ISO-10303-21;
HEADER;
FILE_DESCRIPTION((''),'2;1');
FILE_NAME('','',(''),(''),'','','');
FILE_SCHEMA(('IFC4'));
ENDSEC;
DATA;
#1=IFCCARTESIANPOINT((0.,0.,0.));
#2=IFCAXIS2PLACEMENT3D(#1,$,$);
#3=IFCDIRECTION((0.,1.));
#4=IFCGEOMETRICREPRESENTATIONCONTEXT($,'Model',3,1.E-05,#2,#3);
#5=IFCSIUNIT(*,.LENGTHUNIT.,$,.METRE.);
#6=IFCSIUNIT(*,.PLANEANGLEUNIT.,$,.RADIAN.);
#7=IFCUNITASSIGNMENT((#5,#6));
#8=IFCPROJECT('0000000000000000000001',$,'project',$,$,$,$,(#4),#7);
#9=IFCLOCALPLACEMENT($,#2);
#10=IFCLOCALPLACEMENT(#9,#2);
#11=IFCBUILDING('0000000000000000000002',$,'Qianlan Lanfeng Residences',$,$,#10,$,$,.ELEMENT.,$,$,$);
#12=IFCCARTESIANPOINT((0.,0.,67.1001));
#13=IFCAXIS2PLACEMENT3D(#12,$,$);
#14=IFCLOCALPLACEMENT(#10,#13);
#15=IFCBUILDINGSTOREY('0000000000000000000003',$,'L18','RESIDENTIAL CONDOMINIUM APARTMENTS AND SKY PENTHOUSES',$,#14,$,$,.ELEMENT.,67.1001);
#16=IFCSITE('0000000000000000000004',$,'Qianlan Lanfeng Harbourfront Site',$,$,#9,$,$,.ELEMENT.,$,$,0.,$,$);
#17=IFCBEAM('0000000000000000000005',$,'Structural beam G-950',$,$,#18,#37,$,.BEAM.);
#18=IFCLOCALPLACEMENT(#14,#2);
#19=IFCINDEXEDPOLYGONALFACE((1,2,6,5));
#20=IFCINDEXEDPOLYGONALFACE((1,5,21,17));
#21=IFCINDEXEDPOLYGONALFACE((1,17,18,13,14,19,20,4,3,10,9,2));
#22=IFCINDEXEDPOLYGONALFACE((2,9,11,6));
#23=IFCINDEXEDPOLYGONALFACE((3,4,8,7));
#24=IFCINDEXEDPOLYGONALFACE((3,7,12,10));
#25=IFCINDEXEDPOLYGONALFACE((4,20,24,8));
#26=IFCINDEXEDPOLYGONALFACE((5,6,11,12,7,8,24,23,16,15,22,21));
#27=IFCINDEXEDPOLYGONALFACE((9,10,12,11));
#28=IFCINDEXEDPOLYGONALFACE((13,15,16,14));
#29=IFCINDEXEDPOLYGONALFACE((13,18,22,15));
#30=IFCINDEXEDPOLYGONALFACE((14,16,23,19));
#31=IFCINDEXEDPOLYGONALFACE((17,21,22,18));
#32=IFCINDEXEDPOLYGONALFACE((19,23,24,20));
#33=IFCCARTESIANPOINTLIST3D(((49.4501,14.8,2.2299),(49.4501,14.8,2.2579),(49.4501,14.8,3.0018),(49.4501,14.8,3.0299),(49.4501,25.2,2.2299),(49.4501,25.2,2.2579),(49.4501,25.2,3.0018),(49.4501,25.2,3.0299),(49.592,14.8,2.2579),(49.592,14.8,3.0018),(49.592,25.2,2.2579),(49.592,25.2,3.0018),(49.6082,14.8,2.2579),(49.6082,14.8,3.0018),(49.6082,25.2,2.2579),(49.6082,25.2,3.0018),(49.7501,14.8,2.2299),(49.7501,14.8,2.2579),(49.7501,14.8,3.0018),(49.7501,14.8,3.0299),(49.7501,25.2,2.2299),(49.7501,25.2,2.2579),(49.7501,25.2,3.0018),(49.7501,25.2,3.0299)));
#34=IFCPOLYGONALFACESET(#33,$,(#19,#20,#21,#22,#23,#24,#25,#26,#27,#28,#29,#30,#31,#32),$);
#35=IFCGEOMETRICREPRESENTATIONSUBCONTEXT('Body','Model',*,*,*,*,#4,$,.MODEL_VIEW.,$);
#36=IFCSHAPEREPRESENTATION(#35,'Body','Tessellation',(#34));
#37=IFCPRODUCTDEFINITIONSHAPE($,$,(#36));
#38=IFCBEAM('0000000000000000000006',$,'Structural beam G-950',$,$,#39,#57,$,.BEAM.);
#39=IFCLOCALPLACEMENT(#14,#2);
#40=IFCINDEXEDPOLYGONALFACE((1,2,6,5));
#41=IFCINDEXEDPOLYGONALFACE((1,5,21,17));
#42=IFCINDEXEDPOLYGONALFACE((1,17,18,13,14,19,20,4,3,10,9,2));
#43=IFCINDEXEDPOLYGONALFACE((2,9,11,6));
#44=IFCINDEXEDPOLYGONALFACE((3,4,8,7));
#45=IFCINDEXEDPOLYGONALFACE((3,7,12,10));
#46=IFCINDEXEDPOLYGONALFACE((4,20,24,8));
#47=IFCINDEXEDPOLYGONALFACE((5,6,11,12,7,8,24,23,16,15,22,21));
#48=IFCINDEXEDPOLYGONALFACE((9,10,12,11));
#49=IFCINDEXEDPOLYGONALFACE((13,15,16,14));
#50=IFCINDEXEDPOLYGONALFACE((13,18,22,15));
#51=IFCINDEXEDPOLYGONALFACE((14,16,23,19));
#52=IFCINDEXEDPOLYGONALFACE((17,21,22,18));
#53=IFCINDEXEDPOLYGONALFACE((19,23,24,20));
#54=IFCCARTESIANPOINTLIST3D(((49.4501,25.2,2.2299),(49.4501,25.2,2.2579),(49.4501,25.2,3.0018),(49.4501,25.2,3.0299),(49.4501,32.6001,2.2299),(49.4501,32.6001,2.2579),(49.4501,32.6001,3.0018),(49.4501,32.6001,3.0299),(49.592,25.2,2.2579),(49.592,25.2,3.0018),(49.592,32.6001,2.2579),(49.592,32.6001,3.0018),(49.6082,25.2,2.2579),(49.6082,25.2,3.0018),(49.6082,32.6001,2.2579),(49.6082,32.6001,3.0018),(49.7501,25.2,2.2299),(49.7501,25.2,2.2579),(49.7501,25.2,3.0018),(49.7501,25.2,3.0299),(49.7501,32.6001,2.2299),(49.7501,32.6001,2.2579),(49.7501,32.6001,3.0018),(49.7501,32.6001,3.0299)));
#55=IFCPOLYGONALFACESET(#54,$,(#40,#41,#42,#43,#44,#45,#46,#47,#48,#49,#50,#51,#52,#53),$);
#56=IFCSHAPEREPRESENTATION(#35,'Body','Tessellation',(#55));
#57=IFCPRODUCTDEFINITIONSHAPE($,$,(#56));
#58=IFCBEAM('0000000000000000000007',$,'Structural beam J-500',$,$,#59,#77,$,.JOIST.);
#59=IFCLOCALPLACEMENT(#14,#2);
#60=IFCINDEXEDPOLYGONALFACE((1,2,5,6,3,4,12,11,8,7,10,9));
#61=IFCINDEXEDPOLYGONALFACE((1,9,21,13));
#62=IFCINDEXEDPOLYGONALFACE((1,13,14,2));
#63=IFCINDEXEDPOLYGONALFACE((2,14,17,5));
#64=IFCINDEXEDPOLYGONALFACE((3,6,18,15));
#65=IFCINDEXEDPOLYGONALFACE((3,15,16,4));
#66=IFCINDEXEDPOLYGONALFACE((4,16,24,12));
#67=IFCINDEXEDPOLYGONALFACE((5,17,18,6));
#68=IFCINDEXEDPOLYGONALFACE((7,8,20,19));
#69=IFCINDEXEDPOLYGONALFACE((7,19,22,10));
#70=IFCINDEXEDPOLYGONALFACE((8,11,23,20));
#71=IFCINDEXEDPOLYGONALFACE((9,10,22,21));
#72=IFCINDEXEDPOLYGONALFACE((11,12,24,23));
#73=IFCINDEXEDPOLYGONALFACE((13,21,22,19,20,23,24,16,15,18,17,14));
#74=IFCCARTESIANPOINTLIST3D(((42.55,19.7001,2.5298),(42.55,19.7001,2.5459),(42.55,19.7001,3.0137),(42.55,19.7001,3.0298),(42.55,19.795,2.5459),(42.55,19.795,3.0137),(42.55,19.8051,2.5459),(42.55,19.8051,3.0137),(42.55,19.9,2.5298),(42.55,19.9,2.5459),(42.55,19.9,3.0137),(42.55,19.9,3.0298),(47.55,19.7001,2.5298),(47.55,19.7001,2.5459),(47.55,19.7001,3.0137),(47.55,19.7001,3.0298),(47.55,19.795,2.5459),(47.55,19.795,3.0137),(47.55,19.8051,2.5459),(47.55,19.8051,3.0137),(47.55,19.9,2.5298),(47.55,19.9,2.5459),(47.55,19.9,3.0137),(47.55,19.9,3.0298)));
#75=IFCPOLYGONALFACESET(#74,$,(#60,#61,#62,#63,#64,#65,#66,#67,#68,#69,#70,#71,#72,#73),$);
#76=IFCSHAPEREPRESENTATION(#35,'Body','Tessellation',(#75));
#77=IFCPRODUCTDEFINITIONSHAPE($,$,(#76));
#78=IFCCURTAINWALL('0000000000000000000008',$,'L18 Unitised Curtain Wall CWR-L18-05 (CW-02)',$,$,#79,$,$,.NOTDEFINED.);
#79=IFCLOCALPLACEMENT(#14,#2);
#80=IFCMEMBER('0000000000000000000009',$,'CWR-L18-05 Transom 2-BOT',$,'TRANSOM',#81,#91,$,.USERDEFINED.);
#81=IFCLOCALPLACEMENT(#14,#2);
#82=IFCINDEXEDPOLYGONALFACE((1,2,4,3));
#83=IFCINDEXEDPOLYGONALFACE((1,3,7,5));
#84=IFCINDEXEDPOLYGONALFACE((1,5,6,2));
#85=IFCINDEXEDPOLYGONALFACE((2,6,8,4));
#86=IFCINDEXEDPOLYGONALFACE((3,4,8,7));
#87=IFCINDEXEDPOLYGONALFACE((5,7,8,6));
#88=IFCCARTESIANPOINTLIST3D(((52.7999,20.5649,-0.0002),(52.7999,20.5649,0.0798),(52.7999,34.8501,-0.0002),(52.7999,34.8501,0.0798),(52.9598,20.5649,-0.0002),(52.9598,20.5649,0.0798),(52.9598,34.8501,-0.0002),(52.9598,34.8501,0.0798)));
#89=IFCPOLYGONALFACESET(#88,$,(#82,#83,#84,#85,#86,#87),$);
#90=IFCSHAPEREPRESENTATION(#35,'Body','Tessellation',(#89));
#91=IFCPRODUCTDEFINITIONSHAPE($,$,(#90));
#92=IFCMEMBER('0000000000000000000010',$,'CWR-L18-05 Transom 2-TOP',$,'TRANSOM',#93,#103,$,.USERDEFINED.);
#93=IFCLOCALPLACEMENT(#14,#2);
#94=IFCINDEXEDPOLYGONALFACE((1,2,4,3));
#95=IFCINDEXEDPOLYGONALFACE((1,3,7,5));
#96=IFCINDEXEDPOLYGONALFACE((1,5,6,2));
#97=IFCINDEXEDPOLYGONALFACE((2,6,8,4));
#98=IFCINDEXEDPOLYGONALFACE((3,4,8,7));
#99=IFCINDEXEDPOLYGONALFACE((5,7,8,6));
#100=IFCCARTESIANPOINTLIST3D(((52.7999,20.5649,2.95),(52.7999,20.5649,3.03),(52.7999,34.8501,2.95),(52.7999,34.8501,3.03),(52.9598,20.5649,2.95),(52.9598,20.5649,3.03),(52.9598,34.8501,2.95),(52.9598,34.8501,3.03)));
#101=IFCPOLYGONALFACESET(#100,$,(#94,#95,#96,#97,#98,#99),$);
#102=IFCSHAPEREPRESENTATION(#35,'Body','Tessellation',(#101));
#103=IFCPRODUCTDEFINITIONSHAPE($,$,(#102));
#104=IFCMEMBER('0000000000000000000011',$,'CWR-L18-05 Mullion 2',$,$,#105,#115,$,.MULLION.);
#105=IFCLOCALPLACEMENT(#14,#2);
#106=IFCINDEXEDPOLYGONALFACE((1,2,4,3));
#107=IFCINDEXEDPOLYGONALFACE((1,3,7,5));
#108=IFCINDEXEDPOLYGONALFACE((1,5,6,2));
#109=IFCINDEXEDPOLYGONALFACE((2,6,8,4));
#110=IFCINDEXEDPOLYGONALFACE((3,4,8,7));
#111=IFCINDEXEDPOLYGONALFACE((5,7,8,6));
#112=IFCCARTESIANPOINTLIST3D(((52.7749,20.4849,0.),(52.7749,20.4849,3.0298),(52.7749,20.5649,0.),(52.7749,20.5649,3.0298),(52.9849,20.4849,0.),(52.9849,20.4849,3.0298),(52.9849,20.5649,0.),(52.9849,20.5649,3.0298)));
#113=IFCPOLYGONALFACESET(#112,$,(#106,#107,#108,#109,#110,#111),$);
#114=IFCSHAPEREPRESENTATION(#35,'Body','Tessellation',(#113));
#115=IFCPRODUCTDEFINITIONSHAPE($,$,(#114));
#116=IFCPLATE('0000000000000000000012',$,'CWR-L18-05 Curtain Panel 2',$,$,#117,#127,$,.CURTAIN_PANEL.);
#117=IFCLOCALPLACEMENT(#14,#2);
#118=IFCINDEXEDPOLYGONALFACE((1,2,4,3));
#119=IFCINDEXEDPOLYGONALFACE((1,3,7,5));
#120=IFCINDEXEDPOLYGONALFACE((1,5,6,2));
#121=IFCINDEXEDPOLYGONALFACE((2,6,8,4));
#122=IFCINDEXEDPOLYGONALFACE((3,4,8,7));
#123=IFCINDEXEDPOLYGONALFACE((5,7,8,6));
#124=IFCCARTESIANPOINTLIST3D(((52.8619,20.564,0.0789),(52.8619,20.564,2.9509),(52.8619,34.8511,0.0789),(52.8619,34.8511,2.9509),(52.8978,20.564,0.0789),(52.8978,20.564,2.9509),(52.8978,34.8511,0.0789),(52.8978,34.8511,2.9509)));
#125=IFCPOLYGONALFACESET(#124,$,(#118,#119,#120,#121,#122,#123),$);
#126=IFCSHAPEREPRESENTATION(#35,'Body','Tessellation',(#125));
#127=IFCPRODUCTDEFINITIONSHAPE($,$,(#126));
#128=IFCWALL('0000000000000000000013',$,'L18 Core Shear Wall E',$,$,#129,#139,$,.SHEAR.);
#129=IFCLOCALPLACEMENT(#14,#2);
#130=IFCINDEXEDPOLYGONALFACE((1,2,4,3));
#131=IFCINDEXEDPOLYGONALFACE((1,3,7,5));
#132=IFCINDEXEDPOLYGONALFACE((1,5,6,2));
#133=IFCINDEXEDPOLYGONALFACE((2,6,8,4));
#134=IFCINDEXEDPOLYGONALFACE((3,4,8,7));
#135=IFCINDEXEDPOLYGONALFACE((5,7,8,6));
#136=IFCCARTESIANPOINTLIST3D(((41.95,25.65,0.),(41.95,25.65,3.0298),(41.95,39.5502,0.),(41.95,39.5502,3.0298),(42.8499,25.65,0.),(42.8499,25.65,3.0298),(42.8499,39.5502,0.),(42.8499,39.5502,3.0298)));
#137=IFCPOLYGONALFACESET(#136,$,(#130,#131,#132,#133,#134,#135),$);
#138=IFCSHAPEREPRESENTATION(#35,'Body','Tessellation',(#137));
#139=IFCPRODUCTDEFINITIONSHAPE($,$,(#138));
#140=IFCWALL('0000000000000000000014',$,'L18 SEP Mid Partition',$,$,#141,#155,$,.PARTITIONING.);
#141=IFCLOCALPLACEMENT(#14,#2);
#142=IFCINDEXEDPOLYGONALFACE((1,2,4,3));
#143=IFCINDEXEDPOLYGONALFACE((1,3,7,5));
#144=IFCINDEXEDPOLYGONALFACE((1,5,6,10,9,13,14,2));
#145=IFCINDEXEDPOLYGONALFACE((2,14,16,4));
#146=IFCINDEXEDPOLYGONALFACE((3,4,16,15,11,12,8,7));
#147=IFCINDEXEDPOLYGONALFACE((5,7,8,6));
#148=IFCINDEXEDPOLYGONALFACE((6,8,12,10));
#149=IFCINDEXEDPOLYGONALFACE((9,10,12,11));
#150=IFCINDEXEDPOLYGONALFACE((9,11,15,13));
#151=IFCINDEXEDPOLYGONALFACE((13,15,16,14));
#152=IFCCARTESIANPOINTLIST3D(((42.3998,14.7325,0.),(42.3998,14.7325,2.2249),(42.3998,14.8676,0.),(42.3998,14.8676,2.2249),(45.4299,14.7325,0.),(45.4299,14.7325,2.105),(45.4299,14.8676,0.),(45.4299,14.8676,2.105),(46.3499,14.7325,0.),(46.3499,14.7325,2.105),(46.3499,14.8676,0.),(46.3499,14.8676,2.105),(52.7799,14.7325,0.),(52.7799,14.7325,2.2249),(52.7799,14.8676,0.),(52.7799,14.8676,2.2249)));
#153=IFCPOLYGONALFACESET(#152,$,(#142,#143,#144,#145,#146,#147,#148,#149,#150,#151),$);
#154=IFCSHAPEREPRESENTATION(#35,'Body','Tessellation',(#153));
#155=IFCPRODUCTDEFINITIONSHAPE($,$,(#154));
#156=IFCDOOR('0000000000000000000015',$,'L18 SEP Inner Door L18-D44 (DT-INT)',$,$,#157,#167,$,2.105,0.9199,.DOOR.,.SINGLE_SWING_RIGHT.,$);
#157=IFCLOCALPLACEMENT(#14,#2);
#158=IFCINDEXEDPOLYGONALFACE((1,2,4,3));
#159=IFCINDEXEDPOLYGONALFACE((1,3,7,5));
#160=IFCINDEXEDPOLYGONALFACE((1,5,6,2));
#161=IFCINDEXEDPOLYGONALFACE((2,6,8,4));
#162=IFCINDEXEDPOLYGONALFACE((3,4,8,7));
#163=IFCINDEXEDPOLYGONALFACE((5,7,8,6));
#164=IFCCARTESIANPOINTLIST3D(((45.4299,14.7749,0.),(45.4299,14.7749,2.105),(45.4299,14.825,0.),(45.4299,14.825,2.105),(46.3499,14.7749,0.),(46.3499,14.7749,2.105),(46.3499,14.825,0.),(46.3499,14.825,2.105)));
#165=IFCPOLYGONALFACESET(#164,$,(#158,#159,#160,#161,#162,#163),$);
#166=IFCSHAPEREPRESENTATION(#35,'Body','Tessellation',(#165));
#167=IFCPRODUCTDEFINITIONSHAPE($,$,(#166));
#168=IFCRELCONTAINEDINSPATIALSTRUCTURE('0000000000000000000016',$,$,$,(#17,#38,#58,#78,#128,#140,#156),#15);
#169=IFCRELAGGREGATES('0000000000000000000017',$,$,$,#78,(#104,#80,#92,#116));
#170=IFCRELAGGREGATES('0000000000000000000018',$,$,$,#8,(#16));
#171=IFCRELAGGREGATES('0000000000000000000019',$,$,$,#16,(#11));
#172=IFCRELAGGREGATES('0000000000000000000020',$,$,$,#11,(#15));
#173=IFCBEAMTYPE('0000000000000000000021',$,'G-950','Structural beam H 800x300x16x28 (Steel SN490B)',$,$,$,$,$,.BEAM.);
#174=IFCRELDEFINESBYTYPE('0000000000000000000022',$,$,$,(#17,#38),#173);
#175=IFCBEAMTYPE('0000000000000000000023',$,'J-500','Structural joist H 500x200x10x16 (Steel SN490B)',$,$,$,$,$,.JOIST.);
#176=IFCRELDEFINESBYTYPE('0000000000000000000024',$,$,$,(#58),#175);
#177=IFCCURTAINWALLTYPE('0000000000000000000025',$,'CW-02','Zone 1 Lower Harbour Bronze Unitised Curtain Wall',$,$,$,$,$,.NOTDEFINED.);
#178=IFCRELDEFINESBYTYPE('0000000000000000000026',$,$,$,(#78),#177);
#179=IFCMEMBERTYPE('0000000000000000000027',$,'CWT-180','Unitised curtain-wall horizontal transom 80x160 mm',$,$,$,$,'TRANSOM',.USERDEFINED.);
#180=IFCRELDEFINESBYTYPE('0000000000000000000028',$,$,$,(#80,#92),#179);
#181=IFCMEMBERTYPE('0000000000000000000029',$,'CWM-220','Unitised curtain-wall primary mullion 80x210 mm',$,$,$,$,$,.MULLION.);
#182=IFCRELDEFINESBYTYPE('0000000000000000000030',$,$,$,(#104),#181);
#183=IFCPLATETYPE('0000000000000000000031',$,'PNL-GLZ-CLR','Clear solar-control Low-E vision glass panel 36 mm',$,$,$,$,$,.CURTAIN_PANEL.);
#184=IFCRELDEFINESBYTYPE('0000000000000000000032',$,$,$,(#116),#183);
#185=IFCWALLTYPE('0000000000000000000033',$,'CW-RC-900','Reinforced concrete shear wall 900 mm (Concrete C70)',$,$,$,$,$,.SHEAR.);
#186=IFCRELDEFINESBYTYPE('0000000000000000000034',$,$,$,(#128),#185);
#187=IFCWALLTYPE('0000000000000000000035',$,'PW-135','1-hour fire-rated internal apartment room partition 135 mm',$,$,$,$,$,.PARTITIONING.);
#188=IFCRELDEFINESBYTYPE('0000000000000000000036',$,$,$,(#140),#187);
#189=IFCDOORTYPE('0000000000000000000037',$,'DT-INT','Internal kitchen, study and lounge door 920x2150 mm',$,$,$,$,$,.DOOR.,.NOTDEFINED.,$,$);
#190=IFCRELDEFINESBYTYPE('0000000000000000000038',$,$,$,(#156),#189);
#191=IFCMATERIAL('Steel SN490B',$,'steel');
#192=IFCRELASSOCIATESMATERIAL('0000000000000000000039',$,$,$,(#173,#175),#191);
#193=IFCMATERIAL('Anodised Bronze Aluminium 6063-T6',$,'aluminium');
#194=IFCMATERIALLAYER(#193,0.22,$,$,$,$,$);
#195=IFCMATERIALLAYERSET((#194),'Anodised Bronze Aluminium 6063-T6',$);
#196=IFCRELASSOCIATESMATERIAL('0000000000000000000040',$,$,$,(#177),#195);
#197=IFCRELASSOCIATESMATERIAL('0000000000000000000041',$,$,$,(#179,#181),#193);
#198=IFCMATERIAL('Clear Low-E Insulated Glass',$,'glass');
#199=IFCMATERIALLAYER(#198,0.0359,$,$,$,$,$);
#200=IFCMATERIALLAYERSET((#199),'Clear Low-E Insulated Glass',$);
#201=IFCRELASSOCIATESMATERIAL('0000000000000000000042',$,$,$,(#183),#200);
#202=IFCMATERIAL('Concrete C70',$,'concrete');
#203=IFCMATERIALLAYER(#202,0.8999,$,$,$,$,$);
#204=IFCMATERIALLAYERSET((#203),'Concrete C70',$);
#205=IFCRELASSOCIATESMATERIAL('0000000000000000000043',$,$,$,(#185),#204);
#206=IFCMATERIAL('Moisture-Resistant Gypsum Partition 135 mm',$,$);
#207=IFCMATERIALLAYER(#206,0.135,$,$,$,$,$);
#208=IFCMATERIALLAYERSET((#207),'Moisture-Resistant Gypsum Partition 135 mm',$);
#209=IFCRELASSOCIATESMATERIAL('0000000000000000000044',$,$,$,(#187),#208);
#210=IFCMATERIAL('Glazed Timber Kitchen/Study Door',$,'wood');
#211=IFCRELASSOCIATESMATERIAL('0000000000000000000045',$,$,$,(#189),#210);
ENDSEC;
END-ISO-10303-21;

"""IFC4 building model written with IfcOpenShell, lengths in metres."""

from ifc_helpers import new_model, si_unit, direction, frame, frame_2d, origin, origin_2d, place, context, subcontext, project, spatial, rectangle, i_section, extrude, source, transform, mapped, material, layer, layer_set, material_profile, profile_set, type_object, element, fill, aggregate, save


model = new_model("IFC4")

# Units and contexts
model_context = context("Model", 3, precision=1e-05, world=origin(), true_north=direction((0.0, 1.0)))
body_context = subcontext(model_context, "Body", "Model", "MODEL_VIEW")
ifc_project = project(units=[si_unit("LENGTHUNIT", "METRE"), si_unit("PLANEANGLEUNIT", "RADIAN")], contexts=[model_context])

# Site, building, storey
site_placement = place(None, origin())
site = spatial("IfcSite", under=ifc_project, at=site_placement, Name="Qianlan Lanfeng Harbourfront Site", CompositionType="ELEMENT", RefElevation=0.0)
building_placement = place(site_placement, origin())
building = spatial("IfcBuilding", under=site, at=building_placement, Name="Qianlan Lanfeng Residences", CompositionType="ELEMENT")
storey_placement = place(building_placement, frame((0.0, 0.0, 67.1001)))
storey = spatial("IfcBuildingStorey", under=building, at=storey_placement, Name="L18", Description="RESIDENTIAL CONDOMINIUM APARTMENTS AND SKY PENTHOUSES", CompositionType="ELEMENT", Elevation=67.1001)

# Shared definitions
ifc_material_1 = material(Name="Steel SN490B", Category="steel")

# Beams
ifc_material_profile_1 = material_profile(ifc_material_1, i_section(OverallWidth=0.3, OverallDepth=0.8, WebThickness=0.0161, FlangeThickness=0.0281, at=origin_2d()), Name="H 800x300x16x28")
ifc_profile_set_1 = profile_set([ifc_material_profile_1], Name="Steel SN490B")
beam_type_1 = type_object("IfcBeamType", Name="G-950", Description="Structural beam H 800x300x16x28 (Steel SN490B)", PredefinedType="BEAM", material=ifc_profile_set_1)
beam_1_placement = place(storey_placement, frame((49.6001, 14.8, 2.6299), z_axis=(0.0, 1.0, 0.0), x_axis=(-1.0, 0.0, 0.0)))
element("IfcBeam", 1, at=beam_1_placement, inside=storey, type_object=beam_type_1, Name="Structural beam G-950", PredefinedType="BEAM", context=body_context, shape_type="SweptSolid", body=[
    extrude(i_section(OverallWidth=0.3, OverallDepth=0.8, WebThickness=0.0161, FlangeThickness=0.0281, at=origin_2d()), origin(), (0.0, 0.0, 1.0), 10.3999),
])
beam_2_placement = place(storey_placement, frame((49.6001, 25.2, 2.6299), z_axis=(0.0, 1.0, 0.0), x_axis=(-1.0, 0.0, 0.0)))
element("IfcBeam", 2, at=beam_2_placement, inside=storey, type_object=beam_type_1, Name="Structural beam G-950", PredefinedType="BEAM", context=body_context, shape_type="SweptSolid", body=[
    extrude(i_section(OverallWidth=0.3, OverallDepth=0.8, WebThickness=0.0161, FlangeThickness=0.0281, at=origin_2d()), origin(), (0.0, 0.0, 1.0), 7.4001),
])
ifc_material_profile_2 = material_profile(ifc_material_1, i_section(OverallWidth=0.2, OverallDepth=0.5, WebThickness=0.01, FlangeThickness=0.0161, at=origin_2d()), Name="H 500x200x10x16")
ifc_profile_set_2 = profile_set([ifc_material_profile_2], Name="Steel SN490B")
beam_type_2 = type_object("IfcBeamType", Name="J-500", Description="Structural joist H 500x200x10x16 (Steel SN490B)", PredefinedType="JOIST", material=ifc_profile_set_2)
beam_3_placement = place(storey_placement, frame((42.55, 19.8, 2.7798), z_axis=(1.0, 0.0, 0.0), x_axis=(0.0, 1.0, 0.0)))
element("IfcBeam", 3, at=beam_3_placement, inside=storey, type_object=beam_type_2, Name="Structural beam J-500", PredefinedType="JOIST", context=body_context, shape_type="SweptSolid", body=[
    extrude(i_section(OverallWidth=0.2, OverallDepth=0.5, WebThickness=0.01, FlangeThickness=0.0161, at=origin_2d()), origin(), (0.0, 0.0, 1.0), 5.0),
])

# Curtain wall, members, plate
ifc_material_2 = material(Name="Anodised Bronze Aluminium 6063-T6", Category="aluminium")
ifc_layer_1 = layer(ifc_material_2, 0.22)
ifc_layer_set_1 = layer_set([ifc_layer_1], Name="Anodised Bronze Aluminium 6063-T6")
curtain_wall_type = type_object("IfcCurtainWallType", Name="CW-02", Description="Zone 1 Lower Harbour Bronze Unitised Curtain Wall", PredefinedType="NOTDEFINED", material=ifc_layer_set_1)
curtain_wall_placement = place(storey_placement, origin())
curtain_wall = element("IfcCurtainWall", 4, at=curtain_wall_placement, inside=storey, type_object=curtain_wall_type, Name="L18 Unitised Curtain Wall CWR-L18-05 (CW-02)", PredefinedType="NOTDEFINED")
ifc_material_profile_3 = material_profile(ifc_material_2, rectangle(XDim=0.0801, YDim=0.1599, at=origin_2d()), Name="ALU TRANSOM 80x160")
ifc_profile_set_3 = profile_set([ifc_material_profile_3], Name="Anodised Bronze Aluminium 6063-T6")
member_type_1 = type_object("IfcMemberType", Name="CWT-180", Description="Unitised curtain-wall horizontal transom 80x160 mm", ElementType="TRANSOM", PredefinedType="USERDEFINED", material=ifc_profile_set_3)
shared_shape_1 = source(origin(), body_context, "Body", "SweptSolid", [
    extrude(rectangle(XDim=0.0801, YDim=0.1599, at=origin_2d()), origin(), (0.0, 0.0, 1.0), 14.2852),
])
member_1_placement = place(storey_placement, frame((52.8799, 20.5649, 0.0398), z_axis=(0.0, 1.0, 0.0), x_axis=(0.0, 0.0, 1.0)))
member_1 = element("IfcMember", 5, at=member_1_placement, type_object=member_type_1, Name="CWR-L18-05 Transom 2-BOT", ObjectType="TRANSOM", PredefinedType="USERDEFINED", context=body_context, shape_type="MappedRepresentation", body=[
    mapped(shared_shape_1, transform((0.0, 0.0, 0.0), scale=1.0)),
])
member_2_placement = place(storey_placement, frame((52.8799, 20.5649, 2.99), z_axis=(0.0, 1.0, 0.0), x_axis=(0.0, 0.0, 1.0)))
member_2 = element("IfcMember", 6, at=member_2_placement, type_object=member_type_1, Name="CWR-L18-05 Transom 2-TOP", ObjectType="TRANSOM", PredefinedType="USERDEFINED", context=body_context, shape_type="MappedRepresentation", body=[
    mapped(shared_shape_1, transform((0.0, 0.0, 0.0), scale=1.0)),
])
ifc_material_profile_4 = material_profile(ifc_material_2, rectangle(XDim=0.0801, YDim=0.21, at=origin_2d()), Name="ALU MULLION 80x210")
ifc_profile_set_4 = profile_set([ifc_material_profile_4], Name="Anodised Bronze Aluminium 6063-T6")
member_type_2 = type_object("IfcMemberType", Name="CWM-220", Description="Unitised curtain-wall primary mullion 80x210 mm", PredefinedType="MULLION", material=ifc_profile_set_4)
shared_shape_2 = source(origin(), body_context, "Body", "SweptSolid", [
    extrude(rectangle(XDim=0.0801, YDim=0.21, at=origin_2d()), origin(), (0.0, 0.0, 1.0), 3.0298),
])
member_3_placement = place(storey_placement, frame((52.8799, 20.5249, 0.0), z_axis=(0.0, 0.0, 1.0), x_axis=(0.0, 1.0, 0.0)))
member_3 = element("IfcMember", 7, at=member_3_placement, type_object=member_type_2, Name="CWR-L18-05 Mullion 2", PredefinedType="MULLION", context=body_context, shape_type="MappedRepresentation", body=[
    mapped(shared_shape_2, transform((0.0, 0.0, 0.0), scale=1.0)),
])
ifc_material_3 = material(Name="Clear Low-E Insulated Glass", Category="glass")
ifc_layer_2 = layer(ifc_material_3, 0.0359)
ifc_layer_set_2 = layer_set([ifc_layer_2], Name="Clear Low-E Insulated Glass")
plate_type = type_object("IfcPlateType", Name="PNL-GLZ-CLR", Description="Clear solar-control Low-E vision glass panel 36 mm", PredefinedType="CURTAIN_PANEL", material=ifc_layer_set_2)
shared_shape_3 = source(origin(), body_context, "Body", "SweptSolid", [
    extrude(rectangle(XDim=14.2871, YDim=0.0359, at=origin_2d()), origin(), (0.0, 0.0, 1.0), 2.8721),
])
plate_placement = place(storey_placement, frame((52.8799, 27.7075, 0.0789), z_axis=(0.0, 0.0, 1.0), x_axis=(0.0, 1.0, 0.0)))
plate = element("IfcPlate", 8, at=plate_placement, type_object=plate_type, Name="CWR-L18-05 Curtain Panel 2", PredefinedType="CURTAIN_PANEL", context=body_context, shape_type="MappedRepresentation", body=[
    mapped(shared_shape_3, transform((0.0, 0.0, 0.0), scale=1.0)),
])
aggregate(curtain_wall, [member_3, member_1, member_2, plate])

# Wall
ifc_material_4 = material(Name="Concrete C70", Category="concrete")
ifc_layer_3 = layer(ifc_material_4, 0.8999)
ifc_layer_set_3 = layer_set([ifc_layer_3], Name="Concrete C70")
wall_type_1 = type_object("IfcWallType", Name="CW-RC-900", Description="Reinforced concrete shear wall 900 mm (Concrete C70)", PredefinedType="SHEAR", material=ifc_layer_set_3)
wall_1_placement = place(storey_placement, frame((42.3999, 25.6499, 0.0), z_axis=(0.0, 0.0, 1.0), x_axis=(0.0, 1.0, 0.0)))
element("IfcWall", 9, at=wall_1_placement, inside=storey, type_object=wall_type_1, Name="L18 Core Shear Wall E", PredefinedType="SHEAR", context=body_context, shape_type="SweptSolid", body=[
    extrude(rectangle(XDim=13.9001, YDim=0.8999, at=frame_2d((6.9502, 0.0))), origin(), (0.0, 0.0, 1.0), 3.0298),
])

# Wall, opening, door
ifc_material_5 = material(Name="Moisture-Resistant Gypsum Partition 135 mm")
ifc_layer_4 = layer(ifc_material_5, 0.135)
ifc_layer_set_4 = layer_set([ifc_layer_4], Name="Moisture-Resistant Gypsum Partition 135 mm")
wall_type_2 = type_object("IfcWallType", Name="PW-135", Description="1-hour fire-rated internal apartment room partition 135 mm", PredefinedType="PARTITIONING", material=ifc_layer_set_4)
wall_2_placement = place(storey_placement, frame((42.3999, 14.8, 0.0), z_axis=(0.0, 0.0, 1.0), x_axis=(1.0, 0.0, 0.0)))
wall_2 = element("IfcWall", 10, at=wall_2_placement, inside=storey, type_object=wall_type_2, Name="L18 SEP Mid Partition", PredefinedType="PARTITIONING", context=body_context, shape_type="SweptSolid", body=[
    extrude(rectangle(XDim=10.3801, YDim=0.135, at=frame_2d((5.1899, 0.0))), origin(), (0.0, 0.0, 1.0), 2.2249),
])
opening_1_placement = place(wall_2_placement, frame((3.03, 0.0, 0.0)))
opening_1 = element("IfcOpeningElement", 11, at=opening_1_placement, cuts=wall_2, PredefinedType="OPENING", context=body_context, shape_type="SweptSolid", body=[
    extrude(rectangle(XDim=0.9199, YDim=2.105, at=frame_2d((0.46, 1.0525))), frame((0.0, 0.0776, 0.0), z_axis=(0.0, -1.0, 0.0), x_axis=(1.0, 0.0, 0.0)), (0.0, 0.0, 1.0), 0.155),
])
ifc_material_6 = material(Name="Glazed Timber Kitchen/Study Door", Category="wood")
door_type = type_object("IfcDoorType", Name="DT-INT", Description="Internal kitchen, study and lounge door 920x2150 mm", OperationType="NOTDEFINED", PredefinedType="DOOR", material=ifc_material_6)
door_1_placement = place(opening_1_placement, origin())
door_1 = element("IfcDoor", 12, at=door_1_placement, inside=storey, type_object=door_type, Name="L18 SEP Inner Door L18-D44 (DT-INT)", OperationType="SINGLE_SWING_RIGHT", OverallHeight=2.105, OverallWidth=0.9199, PredefinedType="DOOR", context=body_context, shape_type="SweptSolid", body=[
    extrude(rectangle(XDim=0.9199, YDim=2.105, at=frame_2d((0.46, 1.0525))), frame((0.0, 0.0249, 0.0), z_axis=(0.0, -1.0, 0.0), x_axis=(1.0, 0.0, 0.0)), (0.0, 0.0, 1.0), 0.05),
])
fill(opening_1, door_1)

save(model, "model.ifc")
